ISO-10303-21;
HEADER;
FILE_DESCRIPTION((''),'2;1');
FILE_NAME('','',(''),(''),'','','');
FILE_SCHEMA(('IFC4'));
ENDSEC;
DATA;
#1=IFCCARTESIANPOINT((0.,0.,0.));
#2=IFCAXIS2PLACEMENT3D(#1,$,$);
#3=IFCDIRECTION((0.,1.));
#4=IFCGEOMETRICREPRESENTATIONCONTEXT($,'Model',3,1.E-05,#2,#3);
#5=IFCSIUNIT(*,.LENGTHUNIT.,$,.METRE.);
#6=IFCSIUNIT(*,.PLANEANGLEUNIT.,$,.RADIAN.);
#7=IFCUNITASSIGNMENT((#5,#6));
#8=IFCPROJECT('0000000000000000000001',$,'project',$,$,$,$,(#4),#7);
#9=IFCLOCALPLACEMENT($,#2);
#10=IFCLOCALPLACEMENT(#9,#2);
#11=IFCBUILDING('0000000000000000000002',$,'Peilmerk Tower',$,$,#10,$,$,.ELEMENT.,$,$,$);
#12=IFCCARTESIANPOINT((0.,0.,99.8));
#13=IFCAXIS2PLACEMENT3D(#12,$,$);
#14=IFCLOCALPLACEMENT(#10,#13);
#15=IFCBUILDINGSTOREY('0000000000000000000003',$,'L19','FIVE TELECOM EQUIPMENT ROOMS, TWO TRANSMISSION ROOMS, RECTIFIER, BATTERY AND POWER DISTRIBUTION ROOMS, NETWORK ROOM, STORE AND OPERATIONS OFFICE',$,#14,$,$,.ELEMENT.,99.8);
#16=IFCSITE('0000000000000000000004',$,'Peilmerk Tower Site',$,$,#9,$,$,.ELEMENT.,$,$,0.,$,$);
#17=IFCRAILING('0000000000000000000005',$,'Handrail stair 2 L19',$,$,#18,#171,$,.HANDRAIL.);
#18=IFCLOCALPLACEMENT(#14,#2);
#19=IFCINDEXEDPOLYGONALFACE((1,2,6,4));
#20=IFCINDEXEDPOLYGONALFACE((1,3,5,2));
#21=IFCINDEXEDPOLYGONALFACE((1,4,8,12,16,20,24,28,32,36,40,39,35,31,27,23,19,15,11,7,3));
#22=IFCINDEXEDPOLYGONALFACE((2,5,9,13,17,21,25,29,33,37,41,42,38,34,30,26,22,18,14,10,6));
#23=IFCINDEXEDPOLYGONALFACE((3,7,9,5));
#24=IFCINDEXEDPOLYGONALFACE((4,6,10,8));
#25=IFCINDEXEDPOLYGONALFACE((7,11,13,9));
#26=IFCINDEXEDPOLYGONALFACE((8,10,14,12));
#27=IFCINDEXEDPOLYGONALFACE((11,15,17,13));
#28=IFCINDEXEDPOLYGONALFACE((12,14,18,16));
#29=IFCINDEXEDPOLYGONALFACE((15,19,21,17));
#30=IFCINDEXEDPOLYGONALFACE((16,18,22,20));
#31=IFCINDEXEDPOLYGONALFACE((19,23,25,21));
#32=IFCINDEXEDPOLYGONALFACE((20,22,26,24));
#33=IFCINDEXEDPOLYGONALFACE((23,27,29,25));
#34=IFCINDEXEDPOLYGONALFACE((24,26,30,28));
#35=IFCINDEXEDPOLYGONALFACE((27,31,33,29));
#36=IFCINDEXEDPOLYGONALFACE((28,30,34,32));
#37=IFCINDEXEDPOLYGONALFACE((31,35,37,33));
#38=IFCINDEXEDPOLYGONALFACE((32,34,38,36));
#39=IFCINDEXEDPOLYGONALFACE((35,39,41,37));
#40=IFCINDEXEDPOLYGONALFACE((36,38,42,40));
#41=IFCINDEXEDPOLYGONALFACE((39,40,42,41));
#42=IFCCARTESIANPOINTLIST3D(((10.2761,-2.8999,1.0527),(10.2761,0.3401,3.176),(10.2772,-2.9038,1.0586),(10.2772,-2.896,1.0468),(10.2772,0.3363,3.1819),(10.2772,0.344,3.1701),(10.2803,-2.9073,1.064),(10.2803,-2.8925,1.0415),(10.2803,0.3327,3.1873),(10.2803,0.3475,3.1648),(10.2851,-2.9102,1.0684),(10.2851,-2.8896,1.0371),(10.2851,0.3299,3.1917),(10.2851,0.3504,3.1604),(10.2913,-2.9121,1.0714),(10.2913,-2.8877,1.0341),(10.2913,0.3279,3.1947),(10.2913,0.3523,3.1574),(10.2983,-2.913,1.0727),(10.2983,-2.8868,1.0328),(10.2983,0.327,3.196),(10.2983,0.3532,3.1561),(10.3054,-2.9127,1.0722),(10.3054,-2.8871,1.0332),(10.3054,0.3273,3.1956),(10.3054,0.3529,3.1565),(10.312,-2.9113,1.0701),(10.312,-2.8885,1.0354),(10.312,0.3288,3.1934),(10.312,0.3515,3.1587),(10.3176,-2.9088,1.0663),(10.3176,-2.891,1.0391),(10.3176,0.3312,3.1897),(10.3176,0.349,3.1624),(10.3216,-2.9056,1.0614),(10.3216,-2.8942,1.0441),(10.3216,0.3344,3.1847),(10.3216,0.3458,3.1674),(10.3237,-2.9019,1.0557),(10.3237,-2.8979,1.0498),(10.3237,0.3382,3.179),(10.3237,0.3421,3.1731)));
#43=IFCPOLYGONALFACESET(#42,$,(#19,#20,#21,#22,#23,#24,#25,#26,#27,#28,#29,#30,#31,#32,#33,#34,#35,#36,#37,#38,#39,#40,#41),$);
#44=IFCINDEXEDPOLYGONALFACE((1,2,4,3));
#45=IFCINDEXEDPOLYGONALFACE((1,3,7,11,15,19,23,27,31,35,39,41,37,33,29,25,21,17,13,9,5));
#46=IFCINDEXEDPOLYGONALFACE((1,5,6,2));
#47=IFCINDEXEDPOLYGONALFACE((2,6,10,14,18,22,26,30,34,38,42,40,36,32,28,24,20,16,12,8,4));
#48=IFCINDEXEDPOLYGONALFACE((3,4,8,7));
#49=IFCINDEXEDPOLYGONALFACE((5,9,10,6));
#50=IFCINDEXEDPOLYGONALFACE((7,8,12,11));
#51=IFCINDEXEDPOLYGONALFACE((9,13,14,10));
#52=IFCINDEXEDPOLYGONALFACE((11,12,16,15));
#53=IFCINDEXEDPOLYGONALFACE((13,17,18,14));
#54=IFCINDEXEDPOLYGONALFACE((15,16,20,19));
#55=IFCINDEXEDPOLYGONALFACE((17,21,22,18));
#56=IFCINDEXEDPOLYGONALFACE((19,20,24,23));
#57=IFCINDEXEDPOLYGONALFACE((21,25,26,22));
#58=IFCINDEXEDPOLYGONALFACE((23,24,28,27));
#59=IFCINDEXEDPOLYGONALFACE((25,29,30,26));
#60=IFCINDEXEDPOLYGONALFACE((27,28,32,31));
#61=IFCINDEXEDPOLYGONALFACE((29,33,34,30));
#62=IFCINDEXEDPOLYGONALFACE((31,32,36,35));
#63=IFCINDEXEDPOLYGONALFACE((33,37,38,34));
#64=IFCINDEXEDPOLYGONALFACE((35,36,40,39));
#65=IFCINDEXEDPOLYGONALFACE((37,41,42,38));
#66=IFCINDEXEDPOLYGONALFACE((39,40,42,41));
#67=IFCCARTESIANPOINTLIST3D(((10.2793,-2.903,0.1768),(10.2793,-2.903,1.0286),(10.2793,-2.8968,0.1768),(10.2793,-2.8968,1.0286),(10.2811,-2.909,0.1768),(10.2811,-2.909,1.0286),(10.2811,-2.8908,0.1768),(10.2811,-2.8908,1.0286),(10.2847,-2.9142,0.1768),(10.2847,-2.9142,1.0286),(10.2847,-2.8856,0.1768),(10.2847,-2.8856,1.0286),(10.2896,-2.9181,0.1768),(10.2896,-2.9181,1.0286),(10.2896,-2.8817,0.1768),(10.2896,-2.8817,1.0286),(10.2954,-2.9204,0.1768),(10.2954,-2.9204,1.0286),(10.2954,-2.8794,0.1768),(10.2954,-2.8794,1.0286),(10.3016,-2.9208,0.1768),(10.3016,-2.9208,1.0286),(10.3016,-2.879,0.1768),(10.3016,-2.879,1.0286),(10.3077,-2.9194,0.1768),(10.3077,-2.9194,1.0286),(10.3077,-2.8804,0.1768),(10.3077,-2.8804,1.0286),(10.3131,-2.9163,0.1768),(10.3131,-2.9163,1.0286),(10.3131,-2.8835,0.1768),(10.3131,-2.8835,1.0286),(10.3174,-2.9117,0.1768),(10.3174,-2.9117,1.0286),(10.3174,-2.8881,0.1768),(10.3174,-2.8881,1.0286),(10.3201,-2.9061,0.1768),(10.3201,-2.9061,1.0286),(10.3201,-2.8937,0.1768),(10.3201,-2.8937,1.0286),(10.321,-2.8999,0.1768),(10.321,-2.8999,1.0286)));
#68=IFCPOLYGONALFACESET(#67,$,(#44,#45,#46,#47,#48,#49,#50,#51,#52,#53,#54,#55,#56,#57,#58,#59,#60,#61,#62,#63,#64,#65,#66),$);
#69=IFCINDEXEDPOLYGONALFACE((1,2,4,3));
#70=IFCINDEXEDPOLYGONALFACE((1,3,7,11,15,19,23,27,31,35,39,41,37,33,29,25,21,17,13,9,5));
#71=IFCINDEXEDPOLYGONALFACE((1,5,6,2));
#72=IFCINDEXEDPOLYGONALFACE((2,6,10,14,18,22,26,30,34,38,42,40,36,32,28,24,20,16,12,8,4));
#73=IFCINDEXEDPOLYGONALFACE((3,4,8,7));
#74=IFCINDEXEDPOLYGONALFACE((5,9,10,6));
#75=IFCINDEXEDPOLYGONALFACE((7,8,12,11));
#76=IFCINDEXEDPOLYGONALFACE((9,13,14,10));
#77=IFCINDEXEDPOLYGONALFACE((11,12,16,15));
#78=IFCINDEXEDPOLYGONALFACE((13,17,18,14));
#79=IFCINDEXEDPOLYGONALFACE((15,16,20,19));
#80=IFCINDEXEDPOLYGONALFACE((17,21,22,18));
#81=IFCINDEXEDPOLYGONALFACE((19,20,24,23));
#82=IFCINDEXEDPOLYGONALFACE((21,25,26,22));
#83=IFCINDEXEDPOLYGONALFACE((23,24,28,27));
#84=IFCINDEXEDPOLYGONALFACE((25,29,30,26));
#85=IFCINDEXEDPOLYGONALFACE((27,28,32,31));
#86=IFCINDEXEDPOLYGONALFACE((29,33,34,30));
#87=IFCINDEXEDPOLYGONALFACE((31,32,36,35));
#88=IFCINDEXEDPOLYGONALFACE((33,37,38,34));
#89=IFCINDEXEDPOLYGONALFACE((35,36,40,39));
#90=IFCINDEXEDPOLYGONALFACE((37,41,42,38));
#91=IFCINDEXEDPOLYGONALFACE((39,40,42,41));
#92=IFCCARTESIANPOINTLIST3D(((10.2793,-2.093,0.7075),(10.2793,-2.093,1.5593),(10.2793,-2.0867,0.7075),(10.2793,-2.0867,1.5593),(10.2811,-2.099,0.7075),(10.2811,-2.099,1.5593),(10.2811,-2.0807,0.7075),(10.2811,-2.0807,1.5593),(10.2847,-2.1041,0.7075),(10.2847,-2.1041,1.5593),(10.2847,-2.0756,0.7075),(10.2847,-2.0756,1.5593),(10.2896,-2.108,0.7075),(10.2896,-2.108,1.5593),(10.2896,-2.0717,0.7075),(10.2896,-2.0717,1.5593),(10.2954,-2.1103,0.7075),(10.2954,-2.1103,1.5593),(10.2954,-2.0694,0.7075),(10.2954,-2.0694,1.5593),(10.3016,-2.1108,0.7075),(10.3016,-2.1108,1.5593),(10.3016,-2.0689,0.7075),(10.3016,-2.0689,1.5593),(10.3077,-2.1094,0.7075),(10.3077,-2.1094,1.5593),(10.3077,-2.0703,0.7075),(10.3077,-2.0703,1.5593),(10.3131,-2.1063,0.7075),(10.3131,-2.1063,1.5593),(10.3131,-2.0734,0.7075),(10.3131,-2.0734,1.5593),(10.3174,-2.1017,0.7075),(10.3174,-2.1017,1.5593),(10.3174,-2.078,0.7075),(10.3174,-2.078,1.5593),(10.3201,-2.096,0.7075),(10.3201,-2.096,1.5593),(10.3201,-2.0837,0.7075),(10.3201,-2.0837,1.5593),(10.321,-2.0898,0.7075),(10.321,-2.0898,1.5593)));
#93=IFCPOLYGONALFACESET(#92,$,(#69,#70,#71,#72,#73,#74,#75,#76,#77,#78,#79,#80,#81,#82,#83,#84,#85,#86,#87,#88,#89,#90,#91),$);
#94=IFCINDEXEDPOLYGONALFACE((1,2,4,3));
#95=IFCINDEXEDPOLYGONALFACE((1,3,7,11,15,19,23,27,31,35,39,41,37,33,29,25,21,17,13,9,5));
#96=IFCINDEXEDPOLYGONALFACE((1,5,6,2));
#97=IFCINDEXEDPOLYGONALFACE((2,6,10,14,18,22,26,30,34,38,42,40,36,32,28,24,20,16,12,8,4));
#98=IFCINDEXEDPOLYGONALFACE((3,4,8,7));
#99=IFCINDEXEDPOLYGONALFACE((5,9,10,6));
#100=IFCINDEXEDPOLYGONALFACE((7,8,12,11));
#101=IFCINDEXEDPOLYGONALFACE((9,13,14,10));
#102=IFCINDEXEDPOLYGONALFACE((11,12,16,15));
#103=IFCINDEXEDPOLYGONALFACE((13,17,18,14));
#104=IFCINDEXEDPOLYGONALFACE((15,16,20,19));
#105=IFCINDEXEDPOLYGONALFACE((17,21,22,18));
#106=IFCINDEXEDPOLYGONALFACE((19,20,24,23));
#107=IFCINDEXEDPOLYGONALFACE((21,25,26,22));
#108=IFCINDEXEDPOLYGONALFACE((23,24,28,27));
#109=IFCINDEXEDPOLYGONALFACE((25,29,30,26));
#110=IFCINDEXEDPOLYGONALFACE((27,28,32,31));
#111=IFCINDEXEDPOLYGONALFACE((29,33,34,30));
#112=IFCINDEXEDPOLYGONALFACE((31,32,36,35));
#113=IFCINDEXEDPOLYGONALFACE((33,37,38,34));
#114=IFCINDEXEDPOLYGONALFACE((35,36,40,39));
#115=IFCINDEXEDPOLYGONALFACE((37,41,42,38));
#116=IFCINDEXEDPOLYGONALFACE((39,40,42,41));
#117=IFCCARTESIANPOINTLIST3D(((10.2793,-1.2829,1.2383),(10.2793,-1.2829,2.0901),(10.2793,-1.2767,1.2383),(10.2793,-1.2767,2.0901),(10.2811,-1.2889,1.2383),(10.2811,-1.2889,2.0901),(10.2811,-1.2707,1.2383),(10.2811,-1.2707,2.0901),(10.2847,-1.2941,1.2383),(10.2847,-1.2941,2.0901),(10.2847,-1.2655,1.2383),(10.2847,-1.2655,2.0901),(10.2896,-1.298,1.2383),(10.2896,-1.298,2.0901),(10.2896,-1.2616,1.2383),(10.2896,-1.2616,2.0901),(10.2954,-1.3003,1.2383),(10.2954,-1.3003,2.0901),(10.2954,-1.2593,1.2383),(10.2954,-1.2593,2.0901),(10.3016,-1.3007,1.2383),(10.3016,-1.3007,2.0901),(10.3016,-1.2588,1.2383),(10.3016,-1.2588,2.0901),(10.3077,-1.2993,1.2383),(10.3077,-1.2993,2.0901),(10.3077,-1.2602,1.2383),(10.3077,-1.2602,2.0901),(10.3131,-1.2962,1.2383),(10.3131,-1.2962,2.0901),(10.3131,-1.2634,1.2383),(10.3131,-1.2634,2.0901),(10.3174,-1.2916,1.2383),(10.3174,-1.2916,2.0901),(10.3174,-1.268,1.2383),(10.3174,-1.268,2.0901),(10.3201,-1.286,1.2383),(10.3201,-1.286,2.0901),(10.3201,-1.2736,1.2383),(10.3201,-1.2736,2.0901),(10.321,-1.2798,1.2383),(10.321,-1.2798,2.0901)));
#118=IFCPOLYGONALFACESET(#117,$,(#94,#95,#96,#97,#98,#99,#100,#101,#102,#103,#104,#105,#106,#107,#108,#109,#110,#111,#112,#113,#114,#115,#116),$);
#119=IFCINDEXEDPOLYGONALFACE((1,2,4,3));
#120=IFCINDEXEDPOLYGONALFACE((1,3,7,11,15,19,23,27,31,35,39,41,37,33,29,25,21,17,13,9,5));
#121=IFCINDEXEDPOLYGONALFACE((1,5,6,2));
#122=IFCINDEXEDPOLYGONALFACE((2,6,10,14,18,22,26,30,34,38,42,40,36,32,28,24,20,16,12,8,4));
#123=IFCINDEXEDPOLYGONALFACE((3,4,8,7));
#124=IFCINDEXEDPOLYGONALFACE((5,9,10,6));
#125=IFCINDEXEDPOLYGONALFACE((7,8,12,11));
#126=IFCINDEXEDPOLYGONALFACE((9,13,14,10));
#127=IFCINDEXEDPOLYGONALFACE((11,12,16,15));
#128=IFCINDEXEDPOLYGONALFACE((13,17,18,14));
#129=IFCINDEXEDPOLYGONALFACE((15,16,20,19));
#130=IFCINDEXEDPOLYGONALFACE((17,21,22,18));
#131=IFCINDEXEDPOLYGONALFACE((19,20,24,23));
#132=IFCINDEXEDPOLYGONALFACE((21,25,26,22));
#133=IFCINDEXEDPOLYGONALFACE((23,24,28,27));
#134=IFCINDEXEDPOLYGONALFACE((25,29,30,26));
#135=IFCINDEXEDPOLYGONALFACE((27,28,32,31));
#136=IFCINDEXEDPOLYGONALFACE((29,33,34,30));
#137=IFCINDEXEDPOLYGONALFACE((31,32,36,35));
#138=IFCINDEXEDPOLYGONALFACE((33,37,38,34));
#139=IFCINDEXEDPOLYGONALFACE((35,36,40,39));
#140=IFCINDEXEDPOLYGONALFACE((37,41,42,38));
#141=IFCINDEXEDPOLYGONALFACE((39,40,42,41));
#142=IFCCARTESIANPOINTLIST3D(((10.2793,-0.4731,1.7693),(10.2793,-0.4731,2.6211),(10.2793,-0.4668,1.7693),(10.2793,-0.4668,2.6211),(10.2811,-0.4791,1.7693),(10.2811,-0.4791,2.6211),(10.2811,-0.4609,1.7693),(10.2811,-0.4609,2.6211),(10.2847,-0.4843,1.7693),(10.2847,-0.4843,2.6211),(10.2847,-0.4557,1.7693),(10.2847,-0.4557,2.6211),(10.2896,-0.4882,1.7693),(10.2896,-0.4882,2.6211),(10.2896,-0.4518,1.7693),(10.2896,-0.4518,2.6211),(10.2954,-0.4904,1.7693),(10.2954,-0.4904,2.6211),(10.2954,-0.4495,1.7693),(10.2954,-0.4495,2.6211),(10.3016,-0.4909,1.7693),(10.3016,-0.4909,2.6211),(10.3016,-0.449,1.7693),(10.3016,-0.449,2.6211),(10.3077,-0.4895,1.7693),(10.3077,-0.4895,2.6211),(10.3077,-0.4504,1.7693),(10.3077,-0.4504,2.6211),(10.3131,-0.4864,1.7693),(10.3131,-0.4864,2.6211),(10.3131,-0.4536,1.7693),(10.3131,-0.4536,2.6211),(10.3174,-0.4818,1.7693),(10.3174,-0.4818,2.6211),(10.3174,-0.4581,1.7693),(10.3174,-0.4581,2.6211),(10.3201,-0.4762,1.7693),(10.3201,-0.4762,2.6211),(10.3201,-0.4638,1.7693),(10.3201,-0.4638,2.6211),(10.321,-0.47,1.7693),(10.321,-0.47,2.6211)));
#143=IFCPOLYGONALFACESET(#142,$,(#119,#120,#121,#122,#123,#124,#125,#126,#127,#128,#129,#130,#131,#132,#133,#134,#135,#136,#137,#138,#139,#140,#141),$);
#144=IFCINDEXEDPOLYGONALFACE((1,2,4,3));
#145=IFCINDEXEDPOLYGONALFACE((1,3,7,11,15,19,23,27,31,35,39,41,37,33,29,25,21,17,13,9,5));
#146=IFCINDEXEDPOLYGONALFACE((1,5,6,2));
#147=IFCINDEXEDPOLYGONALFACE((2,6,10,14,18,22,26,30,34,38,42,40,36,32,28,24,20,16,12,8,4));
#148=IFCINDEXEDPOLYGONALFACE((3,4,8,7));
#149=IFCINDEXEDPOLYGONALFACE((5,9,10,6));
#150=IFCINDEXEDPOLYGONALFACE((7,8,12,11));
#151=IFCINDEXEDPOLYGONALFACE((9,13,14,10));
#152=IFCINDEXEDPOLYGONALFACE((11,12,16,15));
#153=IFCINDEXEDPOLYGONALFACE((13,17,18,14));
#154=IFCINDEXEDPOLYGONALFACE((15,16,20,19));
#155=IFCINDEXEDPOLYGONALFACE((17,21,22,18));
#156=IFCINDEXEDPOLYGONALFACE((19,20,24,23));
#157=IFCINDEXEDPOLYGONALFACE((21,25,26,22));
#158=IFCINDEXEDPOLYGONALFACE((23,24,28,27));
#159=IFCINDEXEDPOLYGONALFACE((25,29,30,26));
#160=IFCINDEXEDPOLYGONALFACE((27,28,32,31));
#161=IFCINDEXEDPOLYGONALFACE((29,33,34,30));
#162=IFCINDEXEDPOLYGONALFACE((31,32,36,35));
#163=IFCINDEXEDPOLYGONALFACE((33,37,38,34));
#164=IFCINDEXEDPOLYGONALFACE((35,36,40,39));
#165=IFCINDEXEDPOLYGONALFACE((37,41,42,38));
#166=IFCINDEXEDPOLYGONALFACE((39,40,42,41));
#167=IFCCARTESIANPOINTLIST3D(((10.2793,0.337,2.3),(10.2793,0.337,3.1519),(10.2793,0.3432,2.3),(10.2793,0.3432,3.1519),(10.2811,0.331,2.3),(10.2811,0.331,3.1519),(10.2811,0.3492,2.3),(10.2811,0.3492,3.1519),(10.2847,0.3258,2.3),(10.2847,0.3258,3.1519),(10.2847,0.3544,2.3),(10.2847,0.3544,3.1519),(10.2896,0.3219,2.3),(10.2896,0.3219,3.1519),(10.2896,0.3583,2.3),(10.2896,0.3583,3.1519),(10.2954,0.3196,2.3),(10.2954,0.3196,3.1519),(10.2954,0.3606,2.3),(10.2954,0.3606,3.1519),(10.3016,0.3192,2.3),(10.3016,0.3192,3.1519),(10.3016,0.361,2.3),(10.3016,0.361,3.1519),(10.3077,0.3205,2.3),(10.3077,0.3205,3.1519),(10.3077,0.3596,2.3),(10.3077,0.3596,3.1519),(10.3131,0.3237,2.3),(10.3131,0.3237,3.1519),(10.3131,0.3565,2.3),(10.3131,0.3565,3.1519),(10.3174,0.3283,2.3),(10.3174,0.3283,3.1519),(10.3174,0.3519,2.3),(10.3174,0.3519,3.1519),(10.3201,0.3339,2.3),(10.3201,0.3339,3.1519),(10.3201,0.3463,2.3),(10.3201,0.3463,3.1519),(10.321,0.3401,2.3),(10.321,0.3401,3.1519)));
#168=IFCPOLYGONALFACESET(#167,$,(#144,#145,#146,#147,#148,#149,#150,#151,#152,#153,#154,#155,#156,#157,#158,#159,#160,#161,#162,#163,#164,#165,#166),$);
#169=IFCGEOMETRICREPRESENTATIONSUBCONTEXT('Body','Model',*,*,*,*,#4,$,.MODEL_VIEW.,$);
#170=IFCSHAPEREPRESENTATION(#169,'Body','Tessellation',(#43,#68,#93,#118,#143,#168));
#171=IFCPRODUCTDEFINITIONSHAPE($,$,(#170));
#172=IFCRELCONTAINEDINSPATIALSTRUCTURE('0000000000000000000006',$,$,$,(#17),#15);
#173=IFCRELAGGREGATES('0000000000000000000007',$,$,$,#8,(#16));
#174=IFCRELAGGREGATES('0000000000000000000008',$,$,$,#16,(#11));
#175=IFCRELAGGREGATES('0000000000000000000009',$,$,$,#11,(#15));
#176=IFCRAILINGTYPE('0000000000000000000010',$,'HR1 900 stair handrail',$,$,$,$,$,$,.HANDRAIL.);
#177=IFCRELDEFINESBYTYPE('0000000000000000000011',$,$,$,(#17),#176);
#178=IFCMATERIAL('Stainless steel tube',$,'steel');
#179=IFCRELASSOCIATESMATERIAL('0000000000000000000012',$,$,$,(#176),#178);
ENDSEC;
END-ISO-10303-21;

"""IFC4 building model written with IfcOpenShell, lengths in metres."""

from ifc_helpers import new_model, si_unit, direction, frame, origin, origin_2d, place, context, subcontext, project, spatial, circle, extrude, material, type_object, element, save


model = new_model("IFC4")

# Units and contexts
model_context = context("Model", 3, precision=1e-05, world=origin(), true_north=direction((0.0, 1.0)))
body_context = subcontext(model_context, "Body", "Model", "MODEL_VIEW")
ifc_project = project(units=[si_unit("LENGTHUNIT", "METRE"), si_unit("PLANEANGLEUNIT", "RADIAN")], contexts=[model_context])

# Site, building, storey
site_placement = place(None, origin())
site = spatial("IfcSite", under=ifc_project, at=site_placement, Name="Peilmerk Tower Site", CompositionType="ELEMENT", RefElevation=0.0)
building_placement = place(site_placement, origin())
building = spatial("IfcBuilding", under=site, at=building_placement, Name="Peilmerk Tower", CompositionType="ELEMENT")
storey_placement = place(building_placement, frame((0.0, 0.0, 99.8)))
storey = spatial("IfcBuildingStorey", under=building, at=storey_placement, Name="L19", Description="FIVE TELECOM EQUIPMENT ROOMS, TWO TRANSMISSION ROOMS, RECTIFIER, BATTERY AND POWER DISTRIBUTION ROOMS, NETWORK ROOM, STORE AND OPERATIONS OFFICE", CompositionType="ELEMENT", Elevation=99.8)

# Railing
ifc_material_1 = material(Name="Stainless steel tube", Category="steel")
railing_type_1 = type_object("IfcRailingType", Name="HR1 900 stair handrail", PredefinedType="HANDRAIL", material=ifc_material_1)
railing_1_placement = place(storey_placement, frame((10.3, -2.8999, 0.1768)))
element("IfcRailing", 1, at=railing_1_placement, inside=storey, type_object=railing_type_1, Name="Handrail stair 2 L19", PredefinedType="HANDRAIL", context=body_context, shape_type="SweptSolid", body=[
    extrude(circle(Radius=0.0239, at=origin_2d()), frame((0.0, 0.0, 0.876), z_axis=(0.0, 0.836397, 0.548124), x_axis=(-1.0, 0.0, 0.0)), (0.0, 0.0, 1.0), 3.8738),
    extrude(circle(Radius=0.021, at=origin_2d()), origin(), (0.0, 0.0, 1.0), 0.8518),
    extrude(circle(Radius=0.021, at=origin_2d()), frame((0.0, 0.8101, 0.5308)), (0.0, 0.0, 1.0), 0.8518),
    extrude(circle(Radius=0.021, at=origin_2d()), frame((0.0, 1.6201, 1.0615)), (0.0, 0.0, 1.0), 0.8518),
    extrude(circle(Radius=0.021, at=origin_2d()), frame((0.0, 2.4299, 1.5925)), (0.0, 0.0, 1.0), 0.8518),
    extrude(circle(Radius=0.021, at=origin_2d()), frame((0.0, 3.24, 2.1233)), (0.0, 0.0, 1.0), 0.8518),
])

save(model, "model.ifc")
